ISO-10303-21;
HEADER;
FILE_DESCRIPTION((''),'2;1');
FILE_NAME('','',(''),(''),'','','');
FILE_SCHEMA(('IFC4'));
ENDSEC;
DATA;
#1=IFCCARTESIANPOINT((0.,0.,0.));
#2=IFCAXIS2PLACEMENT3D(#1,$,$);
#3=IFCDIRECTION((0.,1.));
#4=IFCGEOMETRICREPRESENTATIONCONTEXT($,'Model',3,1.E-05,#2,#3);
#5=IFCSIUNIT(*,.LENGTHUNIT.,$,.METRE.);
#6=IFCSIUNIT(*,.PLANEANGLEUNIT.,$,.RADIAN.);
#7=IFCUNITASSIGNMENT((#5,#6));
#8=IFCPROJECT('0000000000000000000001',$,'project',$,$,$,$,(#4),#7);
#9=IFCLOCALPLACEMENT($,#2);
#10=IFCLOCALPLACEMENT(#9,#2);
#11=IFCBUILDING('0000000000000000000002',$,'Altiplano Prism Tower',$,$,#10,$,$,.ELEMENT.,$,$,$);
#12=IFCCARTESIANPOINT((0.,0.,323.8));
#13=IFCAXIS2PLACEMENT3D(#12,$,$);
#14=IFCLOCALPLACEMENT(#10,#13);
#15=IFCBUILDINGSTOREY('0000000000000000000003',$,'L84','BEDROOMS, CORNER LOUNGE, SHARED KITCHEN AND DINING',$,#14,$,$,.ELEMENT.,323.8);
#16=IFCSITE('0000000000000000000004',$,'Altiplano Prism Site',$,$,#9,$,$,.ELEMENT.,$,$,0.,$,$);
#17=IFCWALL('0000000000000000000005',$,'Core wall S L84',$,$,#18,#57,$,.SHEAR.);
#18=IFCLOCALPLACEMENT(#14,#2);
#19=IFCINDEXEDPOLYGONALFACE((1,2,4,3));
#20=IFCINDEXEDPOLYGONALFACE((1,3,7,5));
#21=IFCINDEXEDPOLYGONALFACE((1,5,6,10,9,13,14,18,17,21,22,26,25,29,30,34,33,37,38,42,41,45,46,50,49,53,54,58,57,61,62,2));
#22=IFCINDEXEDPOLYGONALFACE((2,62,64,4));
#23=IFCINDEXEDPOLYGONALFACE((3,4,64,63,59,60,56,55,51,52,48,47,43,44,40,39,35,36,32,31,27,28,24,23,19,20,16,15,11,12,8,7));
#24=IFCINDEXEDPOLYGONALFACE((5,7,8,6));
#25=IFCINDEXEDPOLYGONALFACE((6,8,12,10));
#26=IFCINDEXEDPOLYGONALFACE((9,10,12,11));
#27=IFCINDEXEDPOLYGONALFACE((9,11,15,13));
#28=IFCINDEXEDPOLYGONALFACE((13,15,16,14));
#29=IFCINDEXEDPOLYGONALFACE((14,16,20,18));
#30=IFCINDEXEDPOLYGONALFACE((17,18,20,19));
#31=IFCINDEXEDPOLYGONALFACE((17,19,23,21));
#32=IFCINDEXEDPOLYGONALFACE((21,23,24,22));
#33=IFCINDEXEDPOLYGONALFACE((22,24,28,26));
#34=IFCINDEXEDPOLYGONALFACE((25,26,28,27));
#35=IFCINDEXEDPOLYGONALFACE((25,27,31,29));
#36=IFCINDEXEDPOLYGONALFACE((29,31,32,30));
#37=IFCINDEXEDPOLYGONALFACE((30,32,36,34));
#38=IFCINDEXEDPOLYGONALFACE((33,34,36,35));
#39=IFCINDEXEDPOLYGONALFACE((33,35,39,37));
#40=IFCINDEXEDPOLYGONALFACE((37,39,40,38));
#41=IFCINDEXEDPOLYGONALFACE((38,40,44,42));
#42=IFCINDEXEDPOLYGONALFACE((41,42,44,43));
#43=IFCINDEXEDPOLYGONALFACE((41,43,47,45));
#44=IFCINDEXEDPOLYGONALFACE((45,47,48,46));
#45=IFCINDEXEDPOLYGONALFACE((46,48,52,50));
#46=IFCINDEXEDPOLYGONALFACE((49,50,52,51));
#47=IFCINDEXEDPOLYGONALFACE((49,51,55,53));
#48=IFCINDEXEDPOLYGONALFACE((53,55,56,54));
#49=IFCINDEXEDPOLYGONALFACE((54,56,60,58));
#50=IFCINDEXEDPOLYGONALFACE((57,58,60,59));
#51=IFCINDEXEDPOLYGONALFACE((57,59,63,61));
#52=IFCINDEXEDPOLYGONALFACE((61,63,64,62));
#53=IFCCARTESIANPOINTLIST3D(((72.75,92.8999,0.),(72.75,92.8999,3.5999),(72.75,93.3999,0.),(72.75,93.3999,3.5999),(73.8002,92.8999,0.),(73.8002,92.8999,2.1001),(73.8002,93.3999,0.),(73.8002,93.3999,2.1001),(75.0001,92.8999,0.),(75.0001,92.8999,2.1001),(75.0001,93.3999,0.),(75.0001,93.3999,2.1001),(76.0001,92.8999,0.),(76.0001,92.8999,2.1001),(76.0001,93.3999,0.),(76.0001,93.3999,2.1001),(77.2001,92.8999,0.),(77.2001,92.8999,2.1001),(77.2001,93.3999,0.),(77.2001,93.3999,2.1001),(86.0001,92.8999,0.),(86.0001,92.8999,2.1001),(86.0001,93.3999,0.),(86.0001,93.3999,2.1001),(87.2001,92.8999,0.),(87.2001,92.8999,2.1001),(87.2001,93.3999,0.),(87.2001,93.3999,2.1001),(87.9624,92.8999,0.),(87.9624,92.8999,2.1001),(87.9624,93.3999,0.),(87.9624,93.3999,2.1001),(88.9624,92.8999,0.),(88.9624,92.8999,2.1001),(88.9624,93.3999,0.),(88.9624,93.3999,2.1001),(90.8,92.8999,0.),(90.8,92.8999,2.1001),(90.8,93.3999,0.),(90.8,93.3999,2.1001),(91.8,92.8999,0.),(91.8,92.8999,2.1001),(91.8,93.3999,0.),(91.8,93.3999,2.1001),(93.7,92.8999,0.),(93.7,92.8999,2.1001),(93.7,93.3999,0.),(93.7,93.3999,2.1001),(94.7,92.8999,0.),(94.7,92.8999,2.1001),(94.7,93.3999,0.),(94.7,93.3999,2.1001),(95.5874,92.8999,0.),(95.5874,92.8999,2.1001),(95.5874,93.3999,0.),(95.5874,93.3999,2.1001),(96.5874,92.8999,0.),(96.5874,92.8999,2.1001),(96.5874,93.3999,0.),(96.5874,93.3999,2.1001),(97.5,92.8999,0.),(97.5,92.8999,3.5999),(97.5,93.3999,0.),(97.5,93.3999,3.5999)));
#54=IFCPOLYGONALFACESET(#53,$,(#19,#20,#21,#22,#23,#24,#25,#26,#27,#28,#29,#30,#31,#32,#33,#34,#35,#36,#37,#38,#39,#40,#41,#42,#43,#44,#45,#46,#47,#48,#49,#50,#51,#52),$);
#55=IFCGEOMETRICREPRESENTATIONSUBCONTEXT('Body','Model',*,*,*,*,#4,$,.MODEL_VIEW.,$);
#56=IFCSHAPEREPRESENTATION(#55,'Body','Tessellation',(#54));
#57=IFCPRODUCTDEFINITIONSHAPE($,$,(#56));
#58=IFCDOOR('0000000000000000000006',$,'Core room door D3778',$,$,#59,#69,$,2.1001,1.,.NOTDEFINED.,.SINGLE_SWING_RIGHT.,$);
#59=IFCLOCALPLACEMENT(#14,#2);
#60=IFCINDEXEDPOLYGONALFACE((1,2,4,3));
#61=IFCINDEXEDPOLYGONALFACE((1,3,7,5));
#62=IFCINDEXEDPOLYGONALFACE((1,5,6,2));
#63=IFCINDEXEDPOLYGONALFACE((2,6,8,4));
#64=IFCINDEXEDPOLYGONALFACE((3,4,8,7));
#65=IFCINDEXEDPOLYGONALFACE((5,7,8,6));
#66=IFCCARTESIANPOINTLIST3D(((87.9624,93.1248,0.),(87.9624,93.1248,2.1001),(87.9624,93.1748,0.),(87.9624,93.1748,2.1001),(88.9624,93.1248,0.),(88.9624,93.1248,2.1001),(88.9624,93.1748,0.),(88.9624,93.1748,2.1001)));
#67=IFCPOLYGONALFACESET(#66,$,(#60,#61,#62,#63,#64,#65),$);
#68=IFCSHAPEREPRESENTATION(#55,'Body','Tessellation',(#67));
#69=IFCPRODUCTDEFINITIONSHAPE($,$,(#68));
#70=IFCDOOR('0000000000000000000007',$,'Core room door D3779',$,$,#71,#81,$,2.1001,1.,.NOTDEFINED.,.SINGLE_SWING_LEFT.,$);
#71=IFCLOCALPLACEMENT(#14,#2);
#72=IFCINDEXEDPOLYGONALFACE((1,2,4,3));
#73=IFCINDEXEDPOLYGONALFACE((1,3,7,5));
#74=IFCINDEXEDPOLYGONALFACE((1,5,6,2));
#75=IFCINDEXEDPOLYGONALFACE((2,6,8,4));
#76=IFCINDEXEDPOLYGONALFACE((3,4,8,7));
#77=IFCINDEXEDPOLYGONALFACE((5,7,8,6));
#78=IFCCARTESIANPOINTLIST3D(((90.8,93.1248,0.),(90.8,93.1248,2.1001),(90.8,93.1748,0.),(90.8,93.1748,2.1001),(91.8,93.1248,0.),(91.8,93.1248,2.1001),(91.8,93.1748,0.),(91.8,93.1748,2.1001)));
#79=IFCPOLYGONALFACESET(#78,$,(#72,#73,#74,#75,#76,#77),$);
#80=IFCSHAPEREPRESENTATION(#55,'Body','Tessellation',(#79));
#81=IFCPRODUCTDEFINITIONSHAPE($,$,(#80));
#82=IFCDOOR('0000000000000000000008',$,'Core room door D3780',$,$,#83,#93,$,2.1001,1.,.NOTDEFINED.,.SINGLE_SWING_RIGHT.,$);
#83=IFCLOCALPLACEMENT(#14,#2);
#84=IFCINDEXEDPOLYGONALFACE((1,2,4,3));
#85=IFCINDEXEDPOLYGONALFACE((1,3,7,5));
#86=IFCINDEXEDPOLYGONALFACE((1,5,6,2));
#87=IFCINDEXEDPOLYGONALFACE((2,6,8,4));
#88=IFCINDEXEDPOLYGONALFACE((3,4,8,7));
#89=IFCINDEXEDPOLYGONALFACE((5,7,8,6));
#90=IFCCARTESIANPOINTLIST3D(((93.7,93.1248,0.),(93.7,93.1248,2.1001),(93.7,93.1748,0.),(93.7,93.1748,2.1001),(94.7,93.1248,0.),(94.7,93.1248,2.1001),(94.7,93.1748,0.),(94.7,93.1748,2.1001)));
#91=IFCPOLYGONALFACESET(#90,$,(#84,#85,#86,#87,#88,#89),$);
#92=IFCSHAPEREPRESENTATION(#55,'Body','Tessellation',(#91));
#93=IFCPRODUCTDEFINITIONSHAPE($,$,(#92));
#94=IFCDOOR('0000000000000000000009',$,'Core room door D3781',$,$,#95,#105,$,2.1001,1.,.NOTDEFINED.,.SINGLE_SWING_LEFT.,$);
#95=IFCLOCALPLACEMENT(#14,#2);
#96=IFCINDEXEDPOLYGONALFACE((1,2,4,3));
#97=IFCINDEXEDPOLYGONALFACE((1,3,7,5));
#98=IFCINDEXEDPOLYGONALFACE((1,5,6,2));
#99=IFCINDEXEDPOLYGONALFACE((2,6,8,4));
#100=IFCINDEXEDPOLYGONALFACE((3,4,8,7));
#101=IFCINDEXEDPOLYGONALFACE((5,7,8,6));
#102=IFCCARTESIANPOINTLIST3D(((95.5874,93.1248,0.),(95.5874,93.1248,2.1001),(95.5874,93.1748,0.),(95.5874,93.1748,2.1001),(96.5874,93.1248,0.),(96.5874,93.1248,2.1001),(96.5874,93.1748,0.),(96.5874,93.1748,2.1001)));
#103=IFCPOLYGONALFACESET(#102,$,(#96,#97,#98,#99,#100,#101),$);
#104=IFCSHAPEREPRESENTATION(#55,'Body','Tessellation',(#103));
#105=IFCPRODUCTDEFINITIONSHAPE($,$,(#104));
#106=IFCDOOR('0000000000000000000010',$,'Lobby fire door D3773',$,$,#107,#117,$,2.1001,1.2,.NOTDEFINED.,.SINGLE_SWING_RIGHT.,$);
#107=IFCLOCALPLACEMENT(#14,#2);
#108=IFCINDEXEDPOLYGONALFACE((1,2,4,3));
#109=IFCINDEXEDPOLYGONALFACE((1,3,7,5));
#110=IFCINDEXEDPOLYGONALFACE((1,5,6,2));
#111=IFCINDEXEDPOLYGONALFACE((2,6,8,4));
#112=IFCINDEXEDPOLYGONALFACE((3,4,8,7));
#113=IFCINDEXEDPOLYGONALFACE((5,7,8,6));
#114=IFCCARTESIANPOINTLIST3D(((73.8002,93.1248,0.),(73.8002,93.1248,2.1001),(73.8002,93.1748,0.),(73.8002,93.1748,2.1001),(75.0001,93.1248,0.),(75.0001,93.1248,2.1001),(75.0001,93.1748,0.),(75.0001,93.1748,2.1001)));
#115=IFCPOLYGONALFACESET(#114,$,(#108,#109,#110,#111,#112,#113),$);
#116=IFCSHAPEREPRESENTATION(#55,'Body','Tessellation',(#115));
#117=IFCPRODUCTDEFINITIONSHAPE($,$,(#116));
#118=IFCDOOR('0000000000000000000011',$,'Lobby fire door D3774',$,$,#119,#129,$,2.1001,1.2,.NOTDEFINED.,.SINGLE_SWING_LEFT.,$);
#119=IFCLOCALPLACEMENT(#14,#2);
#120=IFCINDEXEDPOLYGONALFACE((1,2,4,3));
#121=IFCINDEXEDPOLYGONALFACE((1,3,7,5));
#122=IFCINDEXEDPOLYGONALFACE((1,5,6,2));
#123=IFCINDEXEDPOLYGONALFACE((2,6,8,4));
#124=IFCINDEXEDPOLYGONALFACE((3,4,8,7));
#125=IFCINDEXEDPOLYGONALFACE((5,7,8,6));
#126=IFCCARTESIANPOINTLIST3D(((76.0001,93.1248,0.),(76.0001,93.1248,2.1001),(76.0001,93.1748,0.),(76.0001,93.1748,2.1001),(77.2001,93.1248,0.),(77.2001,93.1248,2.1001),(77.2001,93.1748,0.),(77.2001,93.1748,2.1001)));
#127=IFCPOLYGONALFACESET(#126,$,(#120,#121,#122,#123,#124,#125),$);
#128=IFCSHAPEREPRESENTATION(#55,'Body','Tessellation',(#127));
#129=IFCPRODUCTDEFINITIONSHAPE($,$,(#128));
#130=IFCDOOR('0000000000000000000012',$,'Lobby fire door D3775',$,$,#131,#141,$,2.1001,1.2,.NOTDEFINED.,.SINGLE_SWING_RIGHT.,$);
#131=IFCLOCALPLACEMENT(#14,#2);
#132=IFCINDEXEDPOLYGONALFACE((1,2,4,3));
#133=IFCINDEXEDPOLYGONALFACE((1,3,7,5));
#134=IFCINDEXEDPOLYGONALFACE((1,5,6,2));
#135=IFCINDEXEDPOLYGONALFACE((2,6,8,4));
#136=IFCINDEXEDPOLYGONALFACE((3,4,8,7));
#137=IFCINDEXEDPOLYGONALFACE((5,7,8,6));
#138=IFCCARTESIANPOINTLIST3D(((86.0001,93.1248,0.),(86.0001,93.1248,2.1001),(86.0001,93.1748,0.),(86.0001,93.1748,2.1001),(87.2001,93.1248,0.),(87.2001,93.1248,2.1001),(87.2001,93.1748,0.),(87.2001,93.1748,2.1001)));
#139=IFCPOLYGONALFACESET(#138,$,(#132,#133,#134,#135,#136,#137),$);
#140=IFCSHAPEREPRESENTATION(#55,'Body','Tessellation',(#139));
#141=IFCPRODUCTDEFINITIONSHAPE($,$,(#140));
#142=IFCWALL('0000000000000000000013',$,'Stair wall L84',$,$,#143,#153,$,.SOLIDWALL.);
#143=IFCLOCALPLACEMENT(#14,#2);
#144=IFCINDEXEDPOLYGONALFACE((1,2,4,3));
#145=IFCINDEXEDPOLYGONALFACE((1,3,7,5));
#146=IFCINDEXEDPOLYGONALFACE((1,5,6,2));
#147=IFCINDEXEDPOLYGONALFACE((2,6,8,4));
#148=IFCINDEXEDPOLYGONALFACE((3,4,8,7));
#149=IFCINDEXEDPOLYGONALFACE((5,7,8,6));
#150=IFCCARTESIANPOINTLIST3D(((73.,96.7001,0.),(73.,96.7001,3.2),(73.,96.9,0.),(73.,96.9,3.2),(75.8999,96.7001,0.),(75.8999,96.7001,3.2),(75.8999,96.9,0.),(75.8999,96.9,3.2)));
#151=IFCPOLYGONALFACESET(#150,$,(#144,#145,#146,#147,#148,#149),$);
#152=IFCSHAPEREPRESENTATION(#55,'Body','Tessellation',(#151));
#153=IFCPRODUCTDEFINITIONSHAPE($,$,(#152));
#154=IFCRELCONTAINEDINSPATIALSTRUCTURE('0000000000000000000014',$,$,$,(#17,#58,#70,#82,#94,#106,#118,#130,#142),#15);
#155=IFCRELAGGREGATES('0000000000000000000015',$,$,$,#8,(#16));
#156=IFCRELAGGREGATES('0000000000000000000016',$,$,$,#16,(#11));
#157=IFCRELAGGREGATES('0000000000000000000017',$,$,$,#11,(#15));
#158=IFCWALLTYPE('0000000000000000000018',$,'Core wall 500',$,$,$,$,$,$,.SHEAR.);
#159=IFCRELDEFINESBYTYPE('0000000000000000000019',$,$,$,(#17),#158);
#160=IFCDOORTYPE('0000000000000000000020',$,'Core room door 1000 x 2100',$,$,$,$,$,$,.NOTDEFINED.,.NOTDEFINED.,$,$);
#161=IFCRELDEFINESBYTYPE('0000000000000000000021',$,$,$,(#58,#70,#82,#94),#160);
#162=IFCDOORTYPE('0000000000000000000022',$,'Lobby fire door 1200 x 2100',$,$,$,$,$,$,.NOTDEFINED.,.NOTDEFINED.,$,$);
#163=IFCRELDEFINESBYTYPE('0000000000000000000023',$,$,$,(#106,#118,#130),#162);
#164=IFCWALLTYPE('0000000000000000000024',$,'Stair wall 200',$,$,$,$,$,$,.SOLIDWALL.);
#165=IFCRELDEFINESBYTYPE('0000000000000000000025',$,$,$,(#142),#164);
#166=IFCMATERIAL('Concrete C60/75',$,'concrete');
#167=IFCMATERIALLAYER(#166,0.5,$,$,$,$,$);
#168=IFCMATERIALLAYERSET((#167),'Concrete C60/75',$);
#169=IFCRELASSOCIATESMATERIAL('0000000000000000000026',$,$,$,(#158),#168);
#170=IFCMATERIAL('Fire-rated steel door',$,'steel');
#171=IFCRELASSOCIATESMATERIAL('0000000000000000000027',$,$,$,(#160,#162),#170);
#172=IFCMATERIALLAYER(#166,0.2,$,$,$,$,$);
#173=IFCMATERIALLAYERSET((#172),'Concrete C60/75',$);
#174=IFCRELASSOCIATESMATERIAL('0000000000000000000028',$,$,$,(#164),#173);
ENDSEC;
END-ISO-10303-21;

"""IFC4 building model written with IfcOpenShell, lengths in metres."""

from ifc_helpers import new_model, si_unit, direction, frame, frame_2d, origin, place, context, subcontext, project, spatial, rectangle, extrude, material, layer, layer_set, type_object, element, fill, save


model = new_model("IFC4")

# Units and contexts
model_context = context("Model", 3, precision=1e-05, world=origin(), true_north=direction((0.0, 1.0)))
body_context = subcontext(model_context, "Body", "Model", "MODEL_VIEW")
ifc_project = project(units=[si_unit("LENGTHUNIT", "METRE"), si_unit("PLANEANGLEUNIT", "RADIAN")], contexts=[model_context])

# Site, building, storey
site_placement = place(None, origin())
site = spatial("IfcSite", under=ifc_project, at=site_placement, Name="Altiplano Prism Site", CompositionType="ELEMENT", RefElevation=0.0)
building_placement = place(site_placement, origin())
building = spatial("IfcBuilding", under=site, at=building_placement, Name="Altiplano Prism Tower", CompositionType="ELEMENT")
storey_placement = place(building_placement, frame((0.0, 0.0, 323.8)))
storey = spatial("IfcBuildingStorey", under=building, at=storey_placement, Name="L84", Description="BEDROOMS, CORNER LOUNGE, SHARED KITCHEN AND DINING", CompositionType="ELEMENT", Elevation=323.8)

# Shared definitions
ifc_material_1 = material(Name="Concrete C60/75", Category="concrete")

# Wall, openings, doors
ifc_layer_1 = layer(ifc_material_1, 0.5)
ifc_layer_set_1 = layer_set([ifc_layer_1], Name="Concrete C60/75")
wall_type_1 = type_object("IfcWallType", Name="Core wall 500", PredefinedType="SHEAR", material=ifc_layer_set_1)
wall_1_placement = place(storey_placement, frame((72.75, 93.1499, 0.0), z_axis=(0.0, 0.0, 1.0), x_axis=(1.0, 0.0, 0.0)))
wall_1 = element("IfcWall", 1, at=wall_1_placement, inside=storey, type_object=wall_type_1, Name="Core wall S L84", PredefinedType="SHEAR", context=body_context, shape_type="SweptSolid", body=[
    extrude(rectangle(XDim=24.75, YDim=0.5, at=frame_2d((12.375, 0.0))), origin(), (0.0, 0.0, 1.0), 3.5999),
])
opening_1_placement = place(wall_1_placement, frame((1.05, 0.0, 0.0)))
opening_1 = element("IfcOpeningElement", 2, at=opening_1_placement, cuts=wall_1, PredefinedType="OPENING", context=body_context, shape_type="SweptSolid", body=[
    extrude(rectangle(XDim=1.2, YDim=2.1001, at=frame_2d((0.6001, 1.05))), frame((0.0, 0.2605, 0.0), z_axis=(0.0, -1.0, 0.0), x_axis=(1.0, 0.0, 0.0)), (0.0, 0.0, 1.0), 0.521),
])
opening_2_placement = place(wall_1_placement, frame((3.25, 0.0, 0.0)))
opening_2 = element("IfcOpeningElement", 3, at=opening_2_placement, cuts=wall_1, PredefinedType="OPENING", context=body_context, shape_type="SweptSolid", body=[
    extrude(rectangle(XDim=1.2, YDim=2.1001, at=frame_2d((0.6001, 1.05))), frame((0.0, 0.2605, 0.0), z_axis=(0.0, -1.0, 0.0), x_axis=(1.0, 0.0, 0.0)), (0.0, 0.0, 1.0), 0.521),
])
opening_3_placement = place(wall_1_placement, frame((13.25, 0.0, 0.0)))
opening_3 = element("IfcOpeningElement", 4, at=opening_3_placement, cuts=wall_1, PredefinedType="OPENING", context=body_context, shape_type="SweptSolid", body=[
    extrude(rectangle(XDim=1.2, YDim=2.1001, at=frame_2d((0.6001, 1.05))), frame((0.0, 0.2605, 0.0), z_axis=(0.0, -1.0, 0.0), x_axis=(1.0, 0.0, 0.0)), (0.0, 0.0, 1.0), 0.521),
])
opening_4_placement = place(wall_1_placement, frame((15.2124, 0.0, 0.0)))
opening_4 = element("IfcOpeningElement", 5, at=opening_4_placement, cuts=wall_1, PredefinedType="OPENING", context=body_context, shape_type="SweptSolid", body=[
    extrude(rectangle(XDim=1.0, YDim=2.1001, at=frame_2d((0.5, 1.05))), frame((0.0, 0.2605, 0.0), z_axis=(0.0, -1.0, 0.0), x_axis=(1.0, 0.0, 0.0)), (0.0, 0.0, 1.0), 0.521),
])
opening_5_placement = place(wall_1_placement, frame((18.05, 0.0, 0.0)))
opening_5 = element("IfcOpeningElement", 6, at=opening_5_placement, cuts=wall_1, PredefinedType="OPENING", context=body_context, shape_type="SweptSolid", body=[
    extrude(rectangle(XDim=1.0, YDim=2.1001, at=frame_2d((0.5, 1.05))), frame((0.0, 0.2605, 0.0), z_axis=(0.0, -1.0, 0.0), x_axis=(1.0, 0.0, 0.0)), (0.0, 0.0, 1.0), 0.521),
])
opening_6_placement = place(wall_1_placement, frame((20.95, 0.0, 0.0)))
opening_6 = element("IfcOpeningElement", 7, at=opening_6_placement, cuts=wall_1, PredefinedType="OPENING", context=body_context, shape_type="SweptSolid", body=[
    extrude(rectangle(XDim=1.0, YDim=2.1001, at=frame_2d((0.5, 1.05))), frame((0.0, 0.2605, 0.0), z_axis=(0.0, -1.0, 0.0), x_axis=(1.0, 0.0, 0.0)), (0.0, 0.0, 1.0), 0.521),
])
opening_7_placement = place(wall_1_placement, frame((22.8374, 0.0, 0.0)))
opening_7 = element("IfcOpeningElement", 8, at=opening_7_placement, cuts=wall_1, PredefinedType="OPENING", context=body_context, shape_type="SweptSolid", body=[
    extrude(rectangle(XDim=1.0, YDim=2.1001, at=frame_2d((0.5, 1.05))), frame((0.0, 0.2605, 0.0), z_axis=(0.0, -1.0, 0.0), x_axis=(1.0, 0.0, 0.0)), (0.0, 0.0, 1.0), 0.521),
])
ifc_material_2 = material(Name="Fire-rated steel door", Category="steel")
door_type_1 = type_object("IfcDoorType", Name="Core room door 1000 x 2100", OperationType="NOTDEFINED", PredefinedType="NOTDEFINED", material=ifc_material_2)
door_1_placement = place(opening_4_placement, origin())
door_1 = element("IfcDoor", 9, at=door_1_placement, inside=storey, type_object=door_type_1, Name="Core room door D3778", OperationType="SINGLE_SWING_RIGHT", OverallHeight=2.1001, OverallWidth=1.0, PredefinedType="NOTDEFINED", context=body_context, shape_type="SweptSolid", body=[
    extrude(rectangle(XDim=1.0, YDim=2.1001, at=frame_2d((0.5, 1.05))), frame((0.0, 0.0249, 0.0), z_axis=(0.0, -1.0, 0.0), x_axis=(1.0, 0.0, 0.0)), (0.0, 0.0, 1.0), 0.05),
])
fill(opening_4, door_1)
door_2_placement = place(opening_5_placement, origin())
door_2 = element("IfcDoor", 10, at=door_2_placement, inside=storey, type_object=door_type_1, Name="Core room door D3779", OperationType="SINGLE_SWING_LEFT", OverallHeight=2.1001, OverallWidth=1.0, PredefinedType="NOTDEFINED", context=body_context, shape_type="SweptSolid", body=[
    extrude(rectangle(XDim=1.0, YDim=2.1001, at=frame_2d((0.5, 1.05))), frame((0.0, 0.0249, 0.0), z_axis=(0.0, -1.0, 0.0), x_axis=(1.0, 0.0, 0.0)), (0.0, 0.0, 1.0), 0.05),
])
fill(opening_5, door_2)
door_3_placement = place(opening_6_placement, origin())
door_3 = element("IfcDoor", 11, at=door_3_placement, inside=storey, type_object=door_type_1, Name="Core room door D3780", OperationType="SINGLE_SWING_RIGHT", OverallHeight=2.1001, OverallWidth=1.0, PredefinedType="NOTDEFINED", context=body_context, shape_type="SweptSolid", body=[
    extrude(rectangle(XDim=1.0, YDim=2.1001, at=frame_2d((0.5, 1.05))), frame((0.0, 0.0249, 0.0), z_axis=(0.0, -1.0, 0.0), x_axis=(1.0, 0.0, 0.0)), (0.0, 0.0, 1.0), 0.05),
])
fill(opening_6, door_3)
door_4_placement = place(opening_7_placement, origin())
door_4 = element("IfcDoor", 12, at=door_4_placement, inside=storey, type_object=door_type_1, Name="Core room door D3781", OperationType="SINGLE_SWING_LEFT", OverallHeight=2.1001, OverallWidth=1.0, PredefinedType="NOTDEFINED", context=body_context, shape_type="SweptSolid", body=[
    extrude(rectangle(XDim=1.0, YDim=2.1001, at=frame_2d((0.5, 1.05))), frame((0.0, 0.0249, 0.0), z_axis=(0.0, -1.0, 0.0), x_axis=(1.0, 0.0, 0.0)), (0.0, 0.0, 1.0), 0.05),
])
fill(opening_7, door_4)
door_type_2 = type_object("IfcDoorType", Name="Lobby fire door 1200 x 2100", OperationType="NOTDEFINED", PredefinedType="NOTDEFINED", material=ifc_material_2)
door_5_placement = place(opening_1_placement, origin())
door_5 = element("IfcDoor", 13, at=door_5_placement, inside=storey, type_object=door_type_2, Name="Lobby fire door D3773", OperationType="SINGLE_SWING_RIGHT", OverallHeight=2.1001, OverallWidth=1.2, PredefinedType="NOTDEFINED", context=body_context, shape_type="SweptSolid", body=[
    extrude(rectangle(XDim=1.2, YDim=2.1001, at=frame_2d((0.6001, 1.05))), frame((0.0, 0.0249, 0.0), z_axis=(0.0, -1.0, 0.0), x_axis=(1.0, 0.0, 0.0)), (0.0, 0.0, 1.0), 0.05),
])
fill(opening_1, door_5)
door_6_placement = place(opening_2_placement, origin())
door_6 = element("IfcDoor", 14, at=door_6_placement, inside=storey, type_object=door_type_2, Name="Lobby fire door D3774", OperationType="SINGLE_SWING_LEFT", OverallHeight=2.1001, OverallWidth=1.2, PredefinedType="NOTDEFINED", context=body_context, shape_type="SweptSolid", body=[
    extrude(rectangle(XDim=1.2, YDim=2.1001, at=frame_2d((0.6001, 1.05))), frame((0.0, 0.0249, 0.0), z_axis=(0.0, -1.0, 0.0), x_axis=(1.0, 0.0, 0.0)), (0.0, 0.0, 1.0), 0.05),
])
fill(opening_2, door_6)
door_7_placement = place(opening_3_placement, origin())
door_7 = element("IfcDoor", 15, at=door_7_placement, inside=storey, type_object=door_type_2, Name="Lobby fire door D3775", OperationType="SINGLE_SWING_RIGHT", OverallHeight=2.1001, OverallWidth=1.2, PredefinedType="NOTDEFINED", context=body_context, shape_type="SweptSolid", body=[
    extrude(rectangle(XDim=1.2, YDim=2.1001, at=frame_2d((0.6001, 1.05))), frame((0.0, 0.0249, 0.0), z_axis=(0.0, -1.0, 0.0), x_axis=(1.0, 0.0, 0.0)), (0.0, 0.0, 1.0), 0.05),
])
fill(opening_3, door_7)

# Wall
ifc_layer_2 = layer(ifc_material_1, 0.2)
ifc_layer_set_2 = layer_set([ifc_layer_2], Name="Concrete C60/75")
wall_type_2 = type_object("IfcWallType", Name="Stair wall 200", PredefinedType="SOLIDWALL", material=ifc_layer_set_2)
wall_2_placement = place(storey_placement, frame((73.0, 96.8, 0.0), z_axis=(0.0, 0.0, 1.0), x_axis=(1.0, 0.0, 0.0)))
element("IfcWall", 16, at=wall_2_placement, inside=storey, type_object=wall_type_2, Name="Stair wall L84", PredefinedType="SOLIDWALL", context=body_context, shape_type="SweptSolid", body=[
    extrude(rectangle(XDim=2.8999, YDim=0.2, at=frame_2d((1.45, 0.0))), origin(), (0.0, 0.0, 1.0), 3.2),
])

save(model, "model.ifc")
